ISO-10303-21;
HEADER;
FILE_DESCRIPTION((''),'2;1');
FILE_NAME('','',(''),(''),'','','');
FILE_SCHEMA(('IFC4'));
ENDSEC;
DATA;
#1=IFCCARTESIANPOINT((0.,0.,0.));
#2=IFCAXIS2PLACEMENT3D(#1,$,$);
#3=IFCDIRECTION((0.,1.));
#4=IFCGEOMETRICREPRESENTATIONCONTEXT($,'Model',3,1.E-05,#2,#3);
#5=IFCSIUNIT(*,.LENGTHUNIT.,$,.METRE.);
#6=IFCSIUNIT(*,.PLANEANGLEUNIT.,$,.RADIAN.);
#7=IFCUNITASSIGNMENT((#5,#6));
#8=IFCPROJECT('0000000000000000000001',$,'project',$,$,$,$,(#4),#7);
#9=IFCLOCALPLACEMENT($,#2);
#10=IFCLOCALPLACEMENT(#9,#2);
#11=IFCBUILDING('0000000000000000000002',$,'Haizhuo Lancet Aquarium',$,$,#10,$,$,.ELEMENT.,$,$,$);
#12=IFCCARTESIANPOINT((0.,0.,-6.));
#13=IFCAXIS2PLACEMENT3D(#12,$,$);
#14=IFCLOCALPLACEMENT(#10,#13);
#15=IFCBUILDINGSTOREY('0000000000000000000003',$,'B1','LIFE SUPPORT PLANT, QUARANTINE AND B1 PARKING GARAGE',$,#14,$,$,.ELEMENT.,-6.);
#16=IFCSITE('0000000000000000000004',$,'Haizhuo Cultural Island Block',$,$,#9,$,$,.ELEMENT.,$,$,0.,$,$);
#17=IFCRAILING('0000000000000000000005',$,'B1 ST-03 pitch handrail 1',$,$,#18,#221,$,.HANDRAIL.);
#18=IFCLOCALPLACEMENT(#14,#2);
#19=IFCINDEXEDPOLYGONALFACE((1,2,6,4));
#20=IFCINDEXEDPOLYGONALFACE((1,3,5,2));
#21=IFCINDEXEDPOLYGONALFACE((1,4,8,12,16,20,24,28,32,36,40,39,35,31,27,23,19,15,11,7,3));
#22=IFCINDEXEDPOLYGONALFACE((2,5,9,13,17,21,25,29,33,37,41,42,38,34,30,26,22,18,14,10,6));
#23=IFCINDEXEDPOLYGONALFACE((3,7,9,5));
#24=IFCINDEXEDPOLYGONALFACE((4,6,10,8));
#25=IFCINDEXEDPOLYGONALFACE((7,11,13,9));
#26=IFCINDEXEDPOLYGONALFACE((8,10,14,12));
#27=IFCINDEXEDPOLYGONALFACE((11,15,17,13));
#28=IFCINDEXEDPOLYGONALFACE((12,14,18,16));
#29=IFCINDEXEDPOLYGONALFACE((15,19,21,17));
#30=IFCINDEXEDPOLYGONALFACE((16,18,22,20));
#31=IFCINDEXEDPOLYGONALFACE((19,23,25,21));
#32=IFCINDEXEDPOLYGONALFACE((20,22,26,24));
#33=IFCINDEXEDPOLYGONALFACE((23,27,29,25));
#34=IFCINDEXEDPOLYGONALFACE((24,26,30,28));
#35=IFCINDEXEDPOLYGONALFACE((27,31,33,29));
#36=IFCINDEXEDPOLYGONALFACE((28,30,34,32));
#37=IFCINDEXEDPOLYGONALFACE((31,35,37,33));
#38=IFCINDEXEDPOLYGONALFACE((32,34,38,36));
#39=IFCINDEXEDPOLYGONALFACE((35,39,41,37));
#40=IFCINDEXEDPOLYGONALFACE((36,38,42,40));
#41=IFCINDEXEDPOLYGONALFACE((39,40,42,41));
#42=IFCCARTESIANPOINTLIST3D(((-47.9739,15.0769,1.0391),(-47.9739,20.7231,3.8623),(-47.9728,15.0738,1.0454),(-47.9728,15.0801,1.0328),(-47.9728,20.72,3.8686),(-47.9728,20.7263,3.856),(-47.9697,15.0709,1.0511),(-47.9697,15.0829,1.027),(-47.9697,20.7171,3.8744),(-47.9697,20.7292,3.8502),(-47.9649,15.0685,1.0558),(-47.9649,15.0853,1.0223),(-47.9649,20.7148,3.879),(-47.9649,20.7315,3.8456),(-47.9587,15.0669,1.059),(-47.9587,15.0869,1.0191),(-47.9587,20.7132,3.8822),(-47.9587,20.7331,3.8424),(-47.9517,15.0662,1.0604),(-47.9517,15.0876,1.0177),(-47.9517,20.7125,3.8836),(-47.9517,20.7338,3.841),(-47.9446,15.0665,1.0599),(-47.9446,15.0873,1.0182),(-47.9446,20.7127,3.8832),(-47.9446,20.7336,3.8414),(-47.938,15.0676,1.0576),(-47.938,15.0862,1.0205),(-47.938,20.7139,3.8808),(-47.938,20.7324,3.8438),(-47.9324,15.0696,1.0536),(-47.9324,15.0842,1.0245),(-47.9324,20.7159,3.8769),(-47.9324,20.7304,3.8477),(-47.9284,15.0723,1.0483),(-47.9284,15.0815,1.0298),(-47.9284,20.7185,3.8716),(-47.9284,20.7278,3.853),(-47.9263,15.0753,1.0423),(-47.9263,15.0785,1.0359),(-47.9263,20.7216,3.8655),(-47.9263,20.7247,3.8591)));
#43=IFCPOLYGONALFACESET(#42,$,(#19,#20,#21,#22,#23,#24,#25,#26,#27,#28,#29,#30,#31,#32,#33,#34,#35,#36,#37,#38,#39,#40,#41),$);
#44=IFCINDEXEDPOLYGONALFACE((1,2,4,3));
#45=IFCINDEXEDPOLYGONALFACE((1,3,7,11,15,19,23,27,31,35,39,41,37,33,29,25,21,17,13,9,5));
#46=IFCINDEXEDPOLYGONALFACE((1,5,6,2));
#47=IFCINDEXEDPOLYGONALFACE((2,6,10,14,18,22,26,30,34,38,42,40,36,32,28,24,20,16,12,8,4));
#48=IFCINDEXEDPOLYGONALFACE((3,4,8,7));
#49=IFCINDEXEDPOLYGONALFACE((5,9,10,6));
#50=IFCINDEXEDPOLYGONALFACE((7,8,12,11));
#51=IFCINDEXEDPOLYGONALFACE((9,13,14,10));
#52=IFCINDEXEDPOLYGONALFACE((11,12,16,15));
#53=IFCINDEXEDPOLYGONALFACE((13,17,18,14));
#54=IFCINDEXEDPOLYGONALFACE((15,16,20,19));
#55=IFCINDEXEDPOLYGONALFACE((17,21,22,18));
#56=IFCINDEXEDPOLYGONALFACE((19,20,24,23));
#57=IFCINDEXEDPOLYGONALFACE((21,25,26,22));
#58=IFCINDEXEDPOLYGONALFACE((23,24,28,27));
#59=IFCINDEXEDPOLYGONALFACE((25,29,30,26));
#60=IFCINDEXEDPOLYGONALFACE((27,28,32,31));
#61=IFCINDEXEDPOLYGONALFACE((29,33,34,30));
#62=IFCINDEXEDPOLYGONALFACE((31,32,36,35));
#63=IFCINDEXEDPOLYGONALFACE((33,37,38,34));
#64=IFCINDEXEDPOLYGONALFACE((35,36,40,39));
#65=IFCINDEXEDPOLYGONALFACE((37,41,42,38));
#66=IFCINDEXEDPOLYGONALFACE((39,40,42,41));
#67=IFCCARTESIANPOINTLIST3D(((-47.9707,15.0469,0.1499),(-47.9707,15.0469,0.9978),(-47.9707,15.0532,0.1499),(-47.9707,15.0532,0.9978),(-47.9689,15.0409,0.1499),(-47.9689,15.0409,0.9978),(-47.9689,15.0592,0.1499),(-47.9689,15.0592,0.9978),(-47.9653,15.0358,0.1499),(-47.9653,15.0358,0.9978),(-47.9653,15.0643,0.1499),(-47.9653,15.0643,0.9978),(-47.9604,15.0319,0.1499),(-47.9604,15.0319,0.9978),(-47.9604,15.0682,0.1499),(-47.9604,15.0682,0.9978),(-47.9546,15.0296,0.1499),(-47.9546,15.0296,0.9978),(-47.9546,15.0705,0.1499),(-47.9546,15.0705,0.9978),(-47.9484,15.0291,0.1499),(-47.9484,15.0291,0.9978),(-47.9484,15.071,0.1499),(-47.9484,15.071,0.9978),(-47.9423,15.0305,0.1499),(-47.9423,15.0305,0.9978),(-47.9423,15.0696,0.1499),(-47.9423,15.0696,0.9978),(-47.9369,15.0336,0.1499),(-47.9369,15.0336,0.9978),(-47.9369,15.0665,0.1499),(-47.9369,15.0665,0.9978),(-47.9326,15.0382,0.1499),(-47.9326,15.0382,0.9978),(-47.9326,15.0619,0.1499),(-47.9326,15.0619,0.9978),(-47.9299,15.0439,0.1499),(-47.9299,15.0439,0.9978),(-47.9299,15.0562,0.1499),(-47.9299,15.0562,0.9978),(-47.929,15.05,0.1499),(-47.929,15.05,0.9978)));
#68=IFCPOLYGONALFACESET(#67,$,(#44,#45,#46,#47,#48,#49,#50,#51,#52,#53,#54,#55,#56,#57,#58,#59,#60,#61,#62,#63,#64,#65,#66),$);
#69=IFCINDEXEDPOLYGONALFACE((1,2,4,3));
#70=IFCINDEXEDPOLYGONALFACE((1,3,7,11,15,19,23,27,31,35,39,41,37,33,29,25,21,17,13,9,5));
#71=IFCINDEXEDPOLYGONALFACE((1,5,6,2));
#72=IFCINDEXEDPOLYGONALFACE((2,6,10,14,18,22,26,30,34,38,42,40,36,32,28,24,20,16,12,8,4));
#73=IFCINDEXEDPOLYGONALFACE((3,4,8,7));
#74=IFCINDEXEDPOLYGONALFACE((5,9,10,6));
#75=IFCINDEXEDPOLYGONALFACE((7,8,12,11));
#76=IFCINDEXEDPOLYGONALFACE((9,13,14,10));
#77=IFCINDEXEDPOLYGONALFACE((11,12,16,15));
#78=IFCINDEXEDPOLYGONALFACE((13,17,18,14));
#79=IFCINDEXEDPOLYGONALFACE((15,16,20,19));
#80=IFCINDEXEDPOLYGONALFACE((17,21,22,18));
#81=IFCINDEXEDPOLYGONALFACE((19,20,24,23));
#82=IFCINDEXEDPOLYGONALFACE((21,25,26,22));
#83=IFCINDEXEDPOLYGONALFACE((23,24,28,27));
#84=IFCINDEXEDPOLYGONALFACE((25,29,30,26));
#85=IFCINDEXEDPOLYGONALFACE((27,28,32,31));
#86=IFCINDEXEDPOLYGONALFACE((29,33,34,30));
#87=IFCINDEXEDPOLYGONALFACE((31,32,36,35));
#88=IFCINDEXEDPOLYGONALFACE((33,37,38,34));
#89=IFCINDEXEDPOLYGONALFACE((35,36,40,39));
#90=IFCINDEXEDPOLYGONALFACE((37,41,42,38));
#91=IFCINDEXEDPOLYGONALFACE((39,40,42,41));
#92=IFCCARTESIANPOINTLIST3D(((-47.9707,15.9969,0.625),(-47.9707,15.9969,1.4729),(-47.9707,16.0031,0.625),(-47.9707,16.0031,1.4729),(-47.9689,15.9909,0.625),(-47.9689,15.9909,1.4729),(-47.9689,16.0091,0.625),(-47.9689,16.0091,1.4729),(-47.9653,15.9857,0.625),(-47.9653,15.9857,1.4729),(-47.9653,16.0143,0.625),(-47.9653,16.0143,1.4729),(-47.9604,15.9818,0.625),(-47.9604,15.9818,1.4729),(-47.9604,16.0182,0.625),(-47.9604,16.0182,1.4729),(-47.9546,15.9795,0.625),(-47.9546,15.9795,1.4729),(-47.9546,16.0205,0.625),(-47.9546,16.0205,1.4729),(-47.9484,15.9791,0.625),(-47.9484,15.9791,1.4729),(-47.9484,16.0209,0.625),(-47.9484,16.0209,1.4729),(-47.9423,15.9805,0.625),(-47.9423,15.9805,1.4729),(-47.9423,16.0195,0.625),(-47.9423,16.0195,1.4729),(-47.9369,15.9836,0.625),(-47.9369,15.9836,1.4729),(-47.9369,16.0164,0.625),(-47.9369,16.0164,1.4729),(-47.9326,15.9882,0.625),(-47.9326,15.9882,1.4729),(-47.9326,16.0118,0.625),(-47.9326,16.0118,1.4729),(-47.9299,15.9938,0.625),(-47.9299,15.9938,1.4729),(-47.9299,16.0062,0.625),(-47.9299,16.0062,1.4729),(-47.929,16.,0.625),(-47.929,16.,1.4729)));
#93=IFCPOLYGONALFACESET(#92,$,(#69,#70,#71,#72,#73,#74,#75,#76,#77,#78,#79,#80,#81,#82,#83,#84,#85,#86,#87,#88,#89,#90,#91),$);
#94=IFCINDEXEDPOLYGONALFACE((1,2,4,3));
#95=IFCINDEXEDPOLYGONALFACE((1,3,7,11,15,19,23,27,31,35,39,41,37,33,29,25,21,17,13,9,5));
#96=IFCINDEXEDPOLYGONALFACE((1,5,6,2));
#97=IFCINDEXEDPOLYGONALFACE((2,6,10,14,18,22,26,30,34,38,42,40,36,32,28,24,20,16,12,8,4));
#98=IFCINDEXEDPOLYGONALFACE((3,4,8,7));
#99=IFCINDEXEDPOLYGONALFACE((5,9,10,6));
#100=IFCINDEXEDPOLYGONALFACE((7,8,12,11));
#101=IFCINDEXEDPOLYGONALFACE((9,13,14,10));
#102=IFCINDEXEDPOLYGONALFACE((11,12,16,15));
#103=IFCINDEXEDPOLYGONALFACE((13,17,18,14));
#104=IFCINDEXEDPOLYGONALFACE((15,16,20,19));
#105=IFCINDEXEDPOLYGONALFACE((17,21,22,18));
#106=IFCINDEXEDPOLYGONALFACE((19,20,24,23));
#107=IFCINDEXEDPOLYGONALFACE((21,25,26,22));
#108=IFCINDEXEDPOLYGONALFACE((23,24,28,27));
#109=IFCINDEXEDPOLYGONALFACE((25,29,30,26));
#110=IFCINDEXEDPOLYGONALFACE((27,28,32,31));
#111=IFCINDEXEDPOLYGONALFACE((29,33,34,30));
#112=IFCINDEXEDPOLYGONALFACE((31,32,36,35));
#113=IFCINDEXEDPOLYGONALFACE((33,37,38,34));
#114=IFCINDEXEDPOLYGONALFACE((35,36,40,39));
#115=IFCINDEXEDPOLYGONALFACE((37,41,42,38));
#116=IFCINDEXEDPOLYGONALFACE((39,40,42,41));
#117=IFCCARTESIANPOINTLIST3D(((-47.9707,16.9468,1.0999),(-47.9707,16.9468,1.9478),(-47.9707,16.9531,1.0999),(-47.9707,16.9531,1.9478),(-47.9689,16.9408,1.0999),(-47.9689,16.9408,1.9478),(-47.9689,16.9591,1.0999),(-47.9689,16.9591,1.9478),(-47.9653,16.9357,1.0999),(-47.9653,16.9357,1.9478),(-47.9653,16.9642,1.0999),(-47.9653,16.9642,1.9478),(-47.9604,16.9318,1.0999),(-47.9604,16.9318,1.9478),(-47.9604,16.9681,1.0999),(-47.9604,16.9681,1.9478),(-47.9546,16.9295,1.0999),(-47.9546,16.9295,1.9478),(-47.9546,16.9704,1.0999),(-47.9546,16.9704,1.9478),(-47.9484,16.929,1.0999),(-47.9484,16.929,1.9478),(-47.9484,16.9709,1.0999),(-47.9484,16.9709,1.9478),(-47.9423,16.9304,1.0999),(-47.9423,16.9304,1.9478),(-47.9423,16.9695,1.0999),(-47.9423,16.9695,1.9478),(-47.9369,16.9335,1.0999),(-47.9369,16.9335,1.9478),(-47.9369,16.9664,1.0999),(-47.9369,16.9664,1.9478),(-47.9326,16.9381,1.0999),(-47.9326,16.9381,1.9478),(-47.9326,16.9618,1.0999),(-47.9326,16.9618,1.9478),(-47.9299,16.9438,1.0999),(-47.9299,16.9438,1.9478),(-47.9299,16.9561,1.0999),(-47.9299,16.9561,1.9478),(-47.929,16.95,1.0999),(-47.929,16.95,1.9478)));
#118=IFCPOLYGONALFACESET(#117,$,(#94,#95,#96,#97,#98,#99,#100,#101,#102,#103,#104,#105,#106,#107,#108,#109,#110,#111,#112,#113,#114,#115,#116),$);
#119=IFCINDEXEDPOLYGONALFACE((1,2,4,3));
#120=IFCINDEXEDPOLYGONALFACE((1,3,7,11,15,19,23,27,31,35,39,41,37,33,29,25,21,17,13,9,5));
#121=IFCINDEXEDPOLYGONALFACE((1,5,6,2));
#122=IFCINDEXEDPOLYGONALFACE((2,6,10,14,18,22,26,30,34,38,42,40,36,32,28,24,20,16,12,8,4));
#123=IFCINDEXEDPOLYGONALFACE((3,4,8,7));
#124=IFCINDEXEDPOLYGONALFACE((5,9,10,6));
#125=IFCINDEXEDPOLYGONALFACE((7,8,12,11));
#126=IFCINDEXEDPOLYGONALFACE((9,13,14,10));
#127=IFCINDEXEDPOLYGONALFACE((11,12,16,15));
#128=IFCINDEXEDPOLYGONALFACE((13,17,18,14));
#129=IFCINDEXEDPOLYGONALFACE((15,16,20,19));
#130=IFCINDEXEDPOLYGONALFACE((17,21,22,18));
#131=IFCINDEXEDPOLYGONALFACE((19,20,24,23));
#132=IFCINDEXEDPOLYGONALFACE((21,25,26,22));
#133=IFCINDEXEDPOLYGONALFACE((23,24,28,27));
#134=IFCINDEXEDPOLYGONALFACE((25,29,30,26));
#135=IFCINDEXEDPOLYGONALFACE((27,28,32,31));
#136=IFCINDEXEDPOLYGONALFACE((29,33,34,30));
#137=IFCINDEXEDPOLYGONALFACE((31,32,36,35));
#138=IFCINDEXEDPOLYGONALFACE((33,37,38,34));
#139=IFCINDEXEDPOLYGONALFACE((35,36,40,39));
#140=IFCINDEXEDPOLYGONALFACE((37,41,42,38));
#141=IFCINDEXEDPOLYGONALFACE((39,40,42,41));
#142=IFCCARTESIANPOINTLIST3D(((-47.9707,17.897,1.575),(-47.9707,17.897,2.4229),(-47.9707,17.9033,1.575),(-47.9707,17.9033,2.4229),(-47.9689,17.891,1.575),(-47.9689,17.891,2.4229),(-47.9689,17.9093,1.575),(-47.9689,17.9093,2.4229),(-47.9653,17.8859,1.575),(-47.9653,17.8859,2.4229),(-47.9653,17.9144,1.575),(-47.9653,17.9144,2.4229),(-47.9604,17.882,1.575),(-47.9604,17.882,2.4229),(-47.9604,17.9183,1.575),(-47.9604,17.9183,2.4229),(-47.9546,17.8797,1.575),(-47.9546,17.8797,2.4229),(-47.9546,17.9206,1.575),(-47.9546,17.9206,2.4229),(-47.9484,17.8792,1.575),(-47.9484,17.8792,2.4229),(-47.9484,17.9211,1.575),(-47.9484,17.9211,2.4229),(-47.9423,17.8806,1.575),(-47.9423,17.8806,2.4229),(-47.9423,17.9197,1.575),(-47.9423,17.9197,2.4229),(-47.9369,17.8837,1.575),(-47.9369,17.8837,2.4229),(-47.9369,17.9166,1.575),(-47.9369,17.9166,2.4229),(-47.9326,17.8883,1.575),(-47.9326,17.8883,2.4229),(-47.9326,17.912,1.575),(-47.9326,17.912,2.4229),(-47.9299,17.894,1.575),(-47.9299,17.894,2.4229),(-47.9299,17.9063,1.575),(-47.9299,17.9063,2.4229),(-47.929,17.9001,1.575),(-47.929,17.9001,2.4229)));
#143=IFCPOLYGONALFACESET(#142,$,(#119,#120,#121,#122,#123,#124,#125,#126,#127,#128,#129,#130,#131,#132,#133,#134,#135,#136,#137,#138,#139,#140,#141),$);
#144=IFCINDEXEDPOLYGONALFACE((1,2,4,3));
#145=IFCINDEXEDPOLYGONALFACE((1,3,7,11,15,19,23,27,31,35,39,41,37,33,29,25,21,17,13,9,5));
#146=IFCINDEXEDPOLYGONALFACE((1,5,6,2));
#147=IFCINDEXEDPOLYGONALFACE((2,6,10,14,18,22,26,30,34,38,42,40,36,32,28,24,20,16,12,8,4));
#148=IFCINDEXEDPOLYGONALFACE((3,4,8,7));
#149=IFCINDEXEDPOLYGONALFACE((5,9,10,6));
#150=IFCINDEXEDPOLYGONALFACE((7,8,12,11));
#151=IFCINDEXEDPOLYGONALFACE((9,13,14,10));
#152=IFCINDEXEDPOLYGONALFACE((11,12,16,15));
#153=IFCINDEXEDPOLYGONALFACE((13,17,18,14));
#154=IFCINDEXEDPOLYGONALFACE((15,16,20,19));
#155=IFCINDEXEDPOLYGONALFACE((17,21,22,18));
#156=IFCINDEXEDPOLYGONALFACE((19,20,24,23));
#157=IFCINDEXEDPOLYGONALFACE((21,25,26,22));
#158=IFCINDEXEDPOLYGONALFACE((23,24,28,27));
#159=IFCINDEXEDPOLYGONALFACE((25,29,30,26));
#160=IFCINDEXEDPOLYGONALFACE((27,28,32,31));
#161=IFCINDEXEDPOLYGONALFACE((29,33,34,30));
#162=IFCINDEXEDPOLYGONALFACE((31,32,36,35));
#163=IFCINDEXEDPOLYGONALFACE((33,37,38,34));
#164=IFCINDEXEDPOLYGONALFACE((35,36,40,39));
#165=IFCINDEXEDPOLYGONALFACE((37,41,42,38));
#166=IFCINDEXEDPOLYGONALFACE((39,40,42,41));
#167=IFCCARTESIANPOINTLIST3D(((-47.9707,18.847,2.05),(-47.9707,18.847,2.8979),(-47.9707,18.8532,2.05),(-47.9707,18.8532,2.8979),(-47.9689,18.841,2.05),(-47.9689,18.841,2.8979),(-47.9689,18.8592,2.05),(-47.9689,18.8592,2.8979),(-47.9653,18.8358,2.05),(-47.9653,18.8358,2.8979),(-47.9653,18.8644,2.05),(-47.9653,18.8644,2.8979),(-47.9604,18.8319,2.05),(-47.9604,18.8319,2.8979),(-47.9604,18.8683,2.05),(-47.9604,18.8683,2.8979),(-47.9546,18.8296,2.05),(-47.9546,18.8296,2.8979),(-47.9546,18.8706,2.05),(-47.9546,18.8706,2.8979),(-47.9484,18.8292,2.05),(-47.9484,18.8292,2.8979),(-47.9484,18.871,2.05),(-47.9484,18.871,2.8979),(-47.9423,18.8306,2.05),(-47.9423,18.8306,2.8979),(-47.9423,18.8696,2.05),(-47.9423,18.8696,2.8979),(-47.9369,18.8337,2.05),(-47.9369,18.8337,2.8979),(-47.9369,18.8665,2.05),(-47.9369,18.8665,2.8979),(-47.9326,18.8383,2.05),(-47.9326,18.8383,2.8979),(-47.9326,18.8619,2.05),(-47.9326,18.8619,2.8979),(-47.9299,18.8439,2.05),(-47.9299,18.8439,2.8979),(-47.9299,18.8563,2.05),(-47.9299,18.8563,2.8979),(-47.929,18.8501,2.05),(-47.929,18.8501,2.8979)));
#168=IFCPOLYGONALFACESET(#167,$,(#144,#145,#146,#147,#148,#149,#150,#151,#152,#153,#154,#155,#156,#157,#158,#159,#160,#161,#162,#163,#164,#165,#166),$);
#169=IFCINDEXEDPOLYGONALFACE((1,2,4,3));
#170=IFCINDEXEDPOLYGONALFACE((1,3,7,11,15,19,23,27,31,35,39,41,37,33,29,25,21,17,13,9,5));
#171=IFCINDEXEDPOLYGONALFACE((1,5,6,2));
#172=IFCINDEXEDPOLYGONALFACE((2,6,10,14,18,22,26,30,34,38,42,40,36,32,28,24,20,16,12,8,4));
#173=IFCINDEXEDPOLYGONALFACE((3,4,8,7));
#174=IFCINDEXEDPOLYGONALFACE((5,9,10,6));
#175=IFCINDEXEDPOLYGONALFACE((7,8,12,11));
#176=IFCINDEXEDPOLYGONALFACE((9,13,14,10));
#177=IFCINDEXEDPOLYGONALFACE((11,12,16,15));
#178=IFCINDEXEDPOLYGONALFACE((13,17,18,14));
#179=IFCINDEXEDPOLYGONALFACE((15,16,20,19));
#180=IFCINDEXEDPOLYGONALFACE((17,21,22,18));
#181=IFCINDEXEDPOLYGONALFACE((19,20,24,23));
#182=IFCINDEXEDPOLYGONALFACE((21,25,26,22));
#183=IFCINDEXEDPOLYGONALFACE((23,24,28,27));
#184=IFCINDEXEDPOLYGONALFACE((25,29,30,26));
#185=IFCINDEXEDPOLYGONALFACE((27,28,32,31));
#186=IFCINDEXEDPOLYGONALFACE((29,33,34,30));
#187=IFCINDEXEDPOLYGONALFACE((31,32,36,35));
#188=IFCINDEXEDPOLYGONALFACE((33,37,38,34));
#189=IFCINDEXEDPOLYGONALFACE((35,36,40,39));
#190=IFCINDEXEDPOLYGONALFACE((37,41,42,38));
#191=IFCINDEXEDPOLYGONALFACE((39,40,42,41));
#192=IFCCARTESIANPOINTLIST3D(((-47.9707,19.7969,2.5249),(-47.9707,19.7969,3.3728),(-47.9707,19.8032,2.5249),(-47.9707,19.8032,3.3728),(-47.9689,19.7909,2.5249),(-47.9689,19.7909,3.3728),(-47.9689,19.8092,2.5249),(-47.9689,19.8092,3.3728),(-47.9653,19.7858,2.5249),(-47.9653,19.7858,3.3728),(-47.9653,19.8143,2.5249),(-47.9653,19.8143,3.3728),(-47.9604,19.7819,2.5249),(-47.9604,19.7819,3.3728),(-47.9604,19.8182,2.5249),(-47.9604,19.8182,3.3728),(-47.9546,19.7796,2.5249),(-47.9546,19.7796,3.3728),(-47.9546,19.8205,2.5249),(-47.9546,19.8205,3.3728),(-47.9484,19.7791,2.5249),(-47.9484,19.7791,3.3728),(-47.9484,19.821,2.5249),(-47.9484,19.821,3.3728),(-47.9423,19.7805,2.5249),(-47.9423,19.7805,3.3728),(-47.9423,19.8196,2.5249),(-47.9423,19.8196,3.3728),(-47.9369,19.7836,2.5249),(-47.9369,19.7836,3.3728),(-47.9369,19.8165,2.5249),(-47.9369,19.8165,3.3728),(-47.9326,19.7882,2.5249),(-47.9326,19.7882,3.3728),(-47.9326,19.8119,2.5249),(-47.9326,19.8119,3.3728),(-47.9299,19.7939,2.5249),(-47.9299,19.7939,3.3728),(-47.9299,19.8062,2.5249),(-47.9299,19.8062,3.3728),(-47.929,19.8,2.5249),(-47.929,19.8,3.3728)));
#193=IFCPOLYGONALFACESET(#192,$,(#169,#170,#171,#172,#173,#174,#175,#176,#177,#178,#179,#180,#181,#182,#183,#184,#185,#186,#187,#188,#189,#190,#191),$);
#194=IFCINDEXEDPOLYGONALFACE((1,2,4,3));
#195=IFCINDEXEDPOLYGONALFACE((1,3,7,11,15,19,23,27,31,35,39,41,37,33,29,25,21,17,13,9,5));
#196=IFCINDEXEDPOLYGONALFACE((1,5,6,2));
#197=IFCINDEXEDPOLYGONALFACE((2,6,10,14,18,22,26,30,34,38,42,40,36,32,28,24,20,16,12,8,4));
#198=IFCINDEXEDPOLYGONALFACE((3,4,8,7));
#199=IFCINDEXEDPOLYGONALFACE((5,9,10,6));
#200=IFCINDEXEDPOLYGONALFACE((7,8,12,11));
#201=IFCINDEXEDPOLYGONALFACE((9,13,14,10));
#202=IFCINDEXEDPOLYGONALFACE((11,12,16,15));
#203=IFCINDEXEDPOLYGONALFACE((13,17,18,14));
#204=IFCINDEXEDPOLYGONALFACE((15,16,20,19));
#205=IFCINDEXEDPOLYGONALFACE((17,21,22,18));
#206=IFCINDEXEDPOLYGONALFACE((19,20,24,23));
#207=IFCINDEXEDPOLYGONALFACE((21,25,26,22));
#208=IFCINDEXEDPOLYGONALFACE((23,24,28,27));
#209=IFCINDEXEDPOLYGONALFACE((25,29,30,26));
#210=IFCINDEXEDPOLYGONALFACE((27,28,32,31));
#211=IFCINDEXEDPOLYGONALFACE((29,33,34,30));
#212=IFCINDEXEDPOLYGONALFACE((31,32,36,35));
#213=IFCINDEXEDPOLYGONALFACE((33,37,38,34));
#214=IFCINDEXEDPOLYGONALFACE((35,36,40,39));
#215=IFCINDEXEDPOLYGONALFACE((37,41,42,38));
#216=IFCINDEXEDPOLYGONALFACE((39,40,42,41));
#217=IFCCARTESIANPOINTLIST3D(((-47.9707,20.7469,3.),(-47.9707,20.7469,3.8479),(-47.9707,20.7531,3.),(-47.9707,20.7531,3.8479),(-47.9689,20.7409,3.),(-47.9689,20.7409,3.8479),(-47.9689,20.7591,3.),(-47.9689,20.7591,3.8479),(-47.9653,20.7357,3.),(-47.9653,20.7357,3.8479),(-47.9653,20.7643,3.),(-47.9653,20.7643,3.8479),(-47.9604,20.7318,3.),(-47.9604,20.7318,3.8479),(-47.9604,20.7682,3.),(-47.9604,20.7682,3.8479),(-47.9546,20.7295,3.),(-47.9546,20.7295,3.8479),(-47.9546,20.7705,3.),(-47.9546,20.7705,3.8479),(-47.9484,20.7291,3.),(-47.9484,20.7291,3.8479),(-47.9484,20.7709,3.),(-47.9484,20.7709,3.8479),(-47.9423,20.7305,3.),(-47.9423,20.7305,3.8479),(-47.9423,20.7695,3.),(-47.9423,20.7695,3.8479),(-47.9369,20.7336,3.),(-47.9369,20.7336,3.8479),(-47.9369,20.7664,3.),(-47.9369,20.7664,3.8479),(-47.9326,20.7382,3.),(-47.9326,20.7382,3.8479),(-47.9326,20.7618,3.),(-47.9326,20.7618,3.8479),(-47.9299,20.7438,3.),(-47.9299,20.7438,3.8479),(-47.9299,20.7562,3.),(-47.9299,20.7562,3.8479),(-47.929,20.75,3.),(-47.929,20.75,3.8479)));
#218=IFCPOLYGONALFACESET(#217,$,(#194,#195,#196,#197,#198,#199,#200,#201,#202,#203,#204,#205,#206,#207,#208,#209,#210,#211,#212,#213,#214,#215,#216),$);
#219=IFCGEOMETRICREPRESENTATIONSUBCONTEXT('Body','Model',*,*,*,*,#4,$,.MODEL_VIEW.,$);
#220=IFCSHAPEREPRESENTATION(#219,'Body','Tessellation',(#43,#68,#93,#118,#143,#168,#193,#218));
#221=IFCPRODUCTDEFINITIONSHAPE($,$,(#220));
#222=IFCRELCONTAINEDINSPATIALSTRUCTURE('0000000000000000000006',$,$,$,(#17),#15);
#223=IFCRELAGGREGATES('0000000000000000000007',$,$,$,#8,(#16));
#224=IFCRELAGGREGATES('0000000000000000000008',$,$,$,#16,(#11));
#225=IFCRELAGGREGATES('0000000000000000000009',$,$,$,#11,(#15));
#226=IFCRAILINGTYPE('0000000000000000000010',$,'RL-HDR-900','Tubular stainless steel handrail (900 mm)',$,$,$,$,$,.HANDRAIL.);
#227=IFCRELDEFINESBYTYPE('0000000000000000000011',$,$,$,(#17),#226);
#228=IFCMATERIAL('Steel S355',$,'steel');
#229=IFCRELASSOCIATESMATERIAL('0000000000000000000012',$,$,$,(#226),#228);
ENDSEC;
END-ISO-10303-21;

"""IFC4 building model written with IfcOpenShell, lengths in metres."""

from ifc_helpers import new_model, si_unit, direction, frame, origin, origin_2d, place, context, subcontext, project, spatial, circle, extrude, material, type_object, element, save


model = new_model("IFC4")

# Units and contexts
model_context = context("Model", 3, precision=1e-05, world=origin(), true_north=direction((0.0, 1.0)))
body_context = subcontext(model_context, "Body", "Model", "MODEL_VIEW")
ifc_project = project(units=[si_unit("LENGTHUNIT", "METRE"), si_unit("PLANEANGLEUNIT", "RADIAN")], contexts=[model_context])

# Site, building, storey
site_placement = place(None, origin())
site = spatial("IfcSite", under=ifc_project, at=site_placement, Name="Haizhuo Cultural Island Block", CompositionType="ELEMENT", RefElevation=0.0)
building_placement = place(site_placement, origin())
building = spatial("IfcBuilding", under=site, at=building_placement, Name="Haizhuo Lancet Aquarium", CompositionType="ELEMENT")
storey_placement = place(building_placement, frame((0.0, 0.0, -6.0)))
storey = spatial("IfcBuildingStorey", under=building, at=storey_placement, Name="B1", Description="LIFE SUPPORT PLANT, QUARANTINE AND B1 PARKING GARAGE", CompositionType="ELEMENT", Elevation=-6.0)

# Shared definitions
ifc_material_1 = material(Name="Steel S355", Category="steel")

# Railing
railing_type_1 = type_object("IfcRailingType", Name="RL-HDR-900", Description="Tubular stainless steel handrail (900 mm)", PredefinedType="HANDRAIL", material=ifc_material_1)
railing_1_placement = place(storey_placement, frame((-47.95, 15.05, 0.1499)))
element("IfcRailing", 1, at=railing_1_placement, inside=storey, type_object=railing_type_1, Name="B1 ST-03 pitch handrail 1", PredefinedType="HANDRAIL", context=body_context, shape_type="SweptSolid", body=[
    extrude(circle(Radius=0.0239, at=origin_2d()), frame((0.0, 0.0269, 0.8892), z_axis=(0.0, 0.89442, 0.447229), x_axis=(-1.0, 0.0, 0.0)), (0.0, 0.0, 1.0), 6.3127),
    extrude(circle(Radius=0.021, at=origin_2d()), origin(), (0.0, 0.0, 1.0), 0.8479),
    extrude(circle(Radius=0.021, at=origin_2d()), frame((0.0, 0.95, 0.4751)), (0.0, 0.0, 1.0), 0.8479),
    extrude(circle(Radius=0.021, at=origin_2d()), frame((0.0, 1.8999, 0.95)), (0.0, 0.0, 1.0), 0.8479),
    extrude(circle(Radius=0.021, at=origin_2d()), frame((0.0, 2.8501, 1.425)), (0.0, 0.0, 1.0), 0.8479),
    extrude(circle(Radius=0.021, at=origin_2d()), frame((0.0, 3.8, 1.9001)), (0.0, 0.0, 1.0), 0.8479),
    extrude(circle(Radius=0.021, at=origin_2d()), frame((0.0, 4.75, 2.375)), (0.0, 0.0, 1.0), 0.8479),
    extrude(circle(Radius=0.021, at=origin_2d()), frame((0.0, 5.7, 2.8501)), (0.0, 0.0, 1.0), 0.8479),
])

save(model, "model.ifc")
